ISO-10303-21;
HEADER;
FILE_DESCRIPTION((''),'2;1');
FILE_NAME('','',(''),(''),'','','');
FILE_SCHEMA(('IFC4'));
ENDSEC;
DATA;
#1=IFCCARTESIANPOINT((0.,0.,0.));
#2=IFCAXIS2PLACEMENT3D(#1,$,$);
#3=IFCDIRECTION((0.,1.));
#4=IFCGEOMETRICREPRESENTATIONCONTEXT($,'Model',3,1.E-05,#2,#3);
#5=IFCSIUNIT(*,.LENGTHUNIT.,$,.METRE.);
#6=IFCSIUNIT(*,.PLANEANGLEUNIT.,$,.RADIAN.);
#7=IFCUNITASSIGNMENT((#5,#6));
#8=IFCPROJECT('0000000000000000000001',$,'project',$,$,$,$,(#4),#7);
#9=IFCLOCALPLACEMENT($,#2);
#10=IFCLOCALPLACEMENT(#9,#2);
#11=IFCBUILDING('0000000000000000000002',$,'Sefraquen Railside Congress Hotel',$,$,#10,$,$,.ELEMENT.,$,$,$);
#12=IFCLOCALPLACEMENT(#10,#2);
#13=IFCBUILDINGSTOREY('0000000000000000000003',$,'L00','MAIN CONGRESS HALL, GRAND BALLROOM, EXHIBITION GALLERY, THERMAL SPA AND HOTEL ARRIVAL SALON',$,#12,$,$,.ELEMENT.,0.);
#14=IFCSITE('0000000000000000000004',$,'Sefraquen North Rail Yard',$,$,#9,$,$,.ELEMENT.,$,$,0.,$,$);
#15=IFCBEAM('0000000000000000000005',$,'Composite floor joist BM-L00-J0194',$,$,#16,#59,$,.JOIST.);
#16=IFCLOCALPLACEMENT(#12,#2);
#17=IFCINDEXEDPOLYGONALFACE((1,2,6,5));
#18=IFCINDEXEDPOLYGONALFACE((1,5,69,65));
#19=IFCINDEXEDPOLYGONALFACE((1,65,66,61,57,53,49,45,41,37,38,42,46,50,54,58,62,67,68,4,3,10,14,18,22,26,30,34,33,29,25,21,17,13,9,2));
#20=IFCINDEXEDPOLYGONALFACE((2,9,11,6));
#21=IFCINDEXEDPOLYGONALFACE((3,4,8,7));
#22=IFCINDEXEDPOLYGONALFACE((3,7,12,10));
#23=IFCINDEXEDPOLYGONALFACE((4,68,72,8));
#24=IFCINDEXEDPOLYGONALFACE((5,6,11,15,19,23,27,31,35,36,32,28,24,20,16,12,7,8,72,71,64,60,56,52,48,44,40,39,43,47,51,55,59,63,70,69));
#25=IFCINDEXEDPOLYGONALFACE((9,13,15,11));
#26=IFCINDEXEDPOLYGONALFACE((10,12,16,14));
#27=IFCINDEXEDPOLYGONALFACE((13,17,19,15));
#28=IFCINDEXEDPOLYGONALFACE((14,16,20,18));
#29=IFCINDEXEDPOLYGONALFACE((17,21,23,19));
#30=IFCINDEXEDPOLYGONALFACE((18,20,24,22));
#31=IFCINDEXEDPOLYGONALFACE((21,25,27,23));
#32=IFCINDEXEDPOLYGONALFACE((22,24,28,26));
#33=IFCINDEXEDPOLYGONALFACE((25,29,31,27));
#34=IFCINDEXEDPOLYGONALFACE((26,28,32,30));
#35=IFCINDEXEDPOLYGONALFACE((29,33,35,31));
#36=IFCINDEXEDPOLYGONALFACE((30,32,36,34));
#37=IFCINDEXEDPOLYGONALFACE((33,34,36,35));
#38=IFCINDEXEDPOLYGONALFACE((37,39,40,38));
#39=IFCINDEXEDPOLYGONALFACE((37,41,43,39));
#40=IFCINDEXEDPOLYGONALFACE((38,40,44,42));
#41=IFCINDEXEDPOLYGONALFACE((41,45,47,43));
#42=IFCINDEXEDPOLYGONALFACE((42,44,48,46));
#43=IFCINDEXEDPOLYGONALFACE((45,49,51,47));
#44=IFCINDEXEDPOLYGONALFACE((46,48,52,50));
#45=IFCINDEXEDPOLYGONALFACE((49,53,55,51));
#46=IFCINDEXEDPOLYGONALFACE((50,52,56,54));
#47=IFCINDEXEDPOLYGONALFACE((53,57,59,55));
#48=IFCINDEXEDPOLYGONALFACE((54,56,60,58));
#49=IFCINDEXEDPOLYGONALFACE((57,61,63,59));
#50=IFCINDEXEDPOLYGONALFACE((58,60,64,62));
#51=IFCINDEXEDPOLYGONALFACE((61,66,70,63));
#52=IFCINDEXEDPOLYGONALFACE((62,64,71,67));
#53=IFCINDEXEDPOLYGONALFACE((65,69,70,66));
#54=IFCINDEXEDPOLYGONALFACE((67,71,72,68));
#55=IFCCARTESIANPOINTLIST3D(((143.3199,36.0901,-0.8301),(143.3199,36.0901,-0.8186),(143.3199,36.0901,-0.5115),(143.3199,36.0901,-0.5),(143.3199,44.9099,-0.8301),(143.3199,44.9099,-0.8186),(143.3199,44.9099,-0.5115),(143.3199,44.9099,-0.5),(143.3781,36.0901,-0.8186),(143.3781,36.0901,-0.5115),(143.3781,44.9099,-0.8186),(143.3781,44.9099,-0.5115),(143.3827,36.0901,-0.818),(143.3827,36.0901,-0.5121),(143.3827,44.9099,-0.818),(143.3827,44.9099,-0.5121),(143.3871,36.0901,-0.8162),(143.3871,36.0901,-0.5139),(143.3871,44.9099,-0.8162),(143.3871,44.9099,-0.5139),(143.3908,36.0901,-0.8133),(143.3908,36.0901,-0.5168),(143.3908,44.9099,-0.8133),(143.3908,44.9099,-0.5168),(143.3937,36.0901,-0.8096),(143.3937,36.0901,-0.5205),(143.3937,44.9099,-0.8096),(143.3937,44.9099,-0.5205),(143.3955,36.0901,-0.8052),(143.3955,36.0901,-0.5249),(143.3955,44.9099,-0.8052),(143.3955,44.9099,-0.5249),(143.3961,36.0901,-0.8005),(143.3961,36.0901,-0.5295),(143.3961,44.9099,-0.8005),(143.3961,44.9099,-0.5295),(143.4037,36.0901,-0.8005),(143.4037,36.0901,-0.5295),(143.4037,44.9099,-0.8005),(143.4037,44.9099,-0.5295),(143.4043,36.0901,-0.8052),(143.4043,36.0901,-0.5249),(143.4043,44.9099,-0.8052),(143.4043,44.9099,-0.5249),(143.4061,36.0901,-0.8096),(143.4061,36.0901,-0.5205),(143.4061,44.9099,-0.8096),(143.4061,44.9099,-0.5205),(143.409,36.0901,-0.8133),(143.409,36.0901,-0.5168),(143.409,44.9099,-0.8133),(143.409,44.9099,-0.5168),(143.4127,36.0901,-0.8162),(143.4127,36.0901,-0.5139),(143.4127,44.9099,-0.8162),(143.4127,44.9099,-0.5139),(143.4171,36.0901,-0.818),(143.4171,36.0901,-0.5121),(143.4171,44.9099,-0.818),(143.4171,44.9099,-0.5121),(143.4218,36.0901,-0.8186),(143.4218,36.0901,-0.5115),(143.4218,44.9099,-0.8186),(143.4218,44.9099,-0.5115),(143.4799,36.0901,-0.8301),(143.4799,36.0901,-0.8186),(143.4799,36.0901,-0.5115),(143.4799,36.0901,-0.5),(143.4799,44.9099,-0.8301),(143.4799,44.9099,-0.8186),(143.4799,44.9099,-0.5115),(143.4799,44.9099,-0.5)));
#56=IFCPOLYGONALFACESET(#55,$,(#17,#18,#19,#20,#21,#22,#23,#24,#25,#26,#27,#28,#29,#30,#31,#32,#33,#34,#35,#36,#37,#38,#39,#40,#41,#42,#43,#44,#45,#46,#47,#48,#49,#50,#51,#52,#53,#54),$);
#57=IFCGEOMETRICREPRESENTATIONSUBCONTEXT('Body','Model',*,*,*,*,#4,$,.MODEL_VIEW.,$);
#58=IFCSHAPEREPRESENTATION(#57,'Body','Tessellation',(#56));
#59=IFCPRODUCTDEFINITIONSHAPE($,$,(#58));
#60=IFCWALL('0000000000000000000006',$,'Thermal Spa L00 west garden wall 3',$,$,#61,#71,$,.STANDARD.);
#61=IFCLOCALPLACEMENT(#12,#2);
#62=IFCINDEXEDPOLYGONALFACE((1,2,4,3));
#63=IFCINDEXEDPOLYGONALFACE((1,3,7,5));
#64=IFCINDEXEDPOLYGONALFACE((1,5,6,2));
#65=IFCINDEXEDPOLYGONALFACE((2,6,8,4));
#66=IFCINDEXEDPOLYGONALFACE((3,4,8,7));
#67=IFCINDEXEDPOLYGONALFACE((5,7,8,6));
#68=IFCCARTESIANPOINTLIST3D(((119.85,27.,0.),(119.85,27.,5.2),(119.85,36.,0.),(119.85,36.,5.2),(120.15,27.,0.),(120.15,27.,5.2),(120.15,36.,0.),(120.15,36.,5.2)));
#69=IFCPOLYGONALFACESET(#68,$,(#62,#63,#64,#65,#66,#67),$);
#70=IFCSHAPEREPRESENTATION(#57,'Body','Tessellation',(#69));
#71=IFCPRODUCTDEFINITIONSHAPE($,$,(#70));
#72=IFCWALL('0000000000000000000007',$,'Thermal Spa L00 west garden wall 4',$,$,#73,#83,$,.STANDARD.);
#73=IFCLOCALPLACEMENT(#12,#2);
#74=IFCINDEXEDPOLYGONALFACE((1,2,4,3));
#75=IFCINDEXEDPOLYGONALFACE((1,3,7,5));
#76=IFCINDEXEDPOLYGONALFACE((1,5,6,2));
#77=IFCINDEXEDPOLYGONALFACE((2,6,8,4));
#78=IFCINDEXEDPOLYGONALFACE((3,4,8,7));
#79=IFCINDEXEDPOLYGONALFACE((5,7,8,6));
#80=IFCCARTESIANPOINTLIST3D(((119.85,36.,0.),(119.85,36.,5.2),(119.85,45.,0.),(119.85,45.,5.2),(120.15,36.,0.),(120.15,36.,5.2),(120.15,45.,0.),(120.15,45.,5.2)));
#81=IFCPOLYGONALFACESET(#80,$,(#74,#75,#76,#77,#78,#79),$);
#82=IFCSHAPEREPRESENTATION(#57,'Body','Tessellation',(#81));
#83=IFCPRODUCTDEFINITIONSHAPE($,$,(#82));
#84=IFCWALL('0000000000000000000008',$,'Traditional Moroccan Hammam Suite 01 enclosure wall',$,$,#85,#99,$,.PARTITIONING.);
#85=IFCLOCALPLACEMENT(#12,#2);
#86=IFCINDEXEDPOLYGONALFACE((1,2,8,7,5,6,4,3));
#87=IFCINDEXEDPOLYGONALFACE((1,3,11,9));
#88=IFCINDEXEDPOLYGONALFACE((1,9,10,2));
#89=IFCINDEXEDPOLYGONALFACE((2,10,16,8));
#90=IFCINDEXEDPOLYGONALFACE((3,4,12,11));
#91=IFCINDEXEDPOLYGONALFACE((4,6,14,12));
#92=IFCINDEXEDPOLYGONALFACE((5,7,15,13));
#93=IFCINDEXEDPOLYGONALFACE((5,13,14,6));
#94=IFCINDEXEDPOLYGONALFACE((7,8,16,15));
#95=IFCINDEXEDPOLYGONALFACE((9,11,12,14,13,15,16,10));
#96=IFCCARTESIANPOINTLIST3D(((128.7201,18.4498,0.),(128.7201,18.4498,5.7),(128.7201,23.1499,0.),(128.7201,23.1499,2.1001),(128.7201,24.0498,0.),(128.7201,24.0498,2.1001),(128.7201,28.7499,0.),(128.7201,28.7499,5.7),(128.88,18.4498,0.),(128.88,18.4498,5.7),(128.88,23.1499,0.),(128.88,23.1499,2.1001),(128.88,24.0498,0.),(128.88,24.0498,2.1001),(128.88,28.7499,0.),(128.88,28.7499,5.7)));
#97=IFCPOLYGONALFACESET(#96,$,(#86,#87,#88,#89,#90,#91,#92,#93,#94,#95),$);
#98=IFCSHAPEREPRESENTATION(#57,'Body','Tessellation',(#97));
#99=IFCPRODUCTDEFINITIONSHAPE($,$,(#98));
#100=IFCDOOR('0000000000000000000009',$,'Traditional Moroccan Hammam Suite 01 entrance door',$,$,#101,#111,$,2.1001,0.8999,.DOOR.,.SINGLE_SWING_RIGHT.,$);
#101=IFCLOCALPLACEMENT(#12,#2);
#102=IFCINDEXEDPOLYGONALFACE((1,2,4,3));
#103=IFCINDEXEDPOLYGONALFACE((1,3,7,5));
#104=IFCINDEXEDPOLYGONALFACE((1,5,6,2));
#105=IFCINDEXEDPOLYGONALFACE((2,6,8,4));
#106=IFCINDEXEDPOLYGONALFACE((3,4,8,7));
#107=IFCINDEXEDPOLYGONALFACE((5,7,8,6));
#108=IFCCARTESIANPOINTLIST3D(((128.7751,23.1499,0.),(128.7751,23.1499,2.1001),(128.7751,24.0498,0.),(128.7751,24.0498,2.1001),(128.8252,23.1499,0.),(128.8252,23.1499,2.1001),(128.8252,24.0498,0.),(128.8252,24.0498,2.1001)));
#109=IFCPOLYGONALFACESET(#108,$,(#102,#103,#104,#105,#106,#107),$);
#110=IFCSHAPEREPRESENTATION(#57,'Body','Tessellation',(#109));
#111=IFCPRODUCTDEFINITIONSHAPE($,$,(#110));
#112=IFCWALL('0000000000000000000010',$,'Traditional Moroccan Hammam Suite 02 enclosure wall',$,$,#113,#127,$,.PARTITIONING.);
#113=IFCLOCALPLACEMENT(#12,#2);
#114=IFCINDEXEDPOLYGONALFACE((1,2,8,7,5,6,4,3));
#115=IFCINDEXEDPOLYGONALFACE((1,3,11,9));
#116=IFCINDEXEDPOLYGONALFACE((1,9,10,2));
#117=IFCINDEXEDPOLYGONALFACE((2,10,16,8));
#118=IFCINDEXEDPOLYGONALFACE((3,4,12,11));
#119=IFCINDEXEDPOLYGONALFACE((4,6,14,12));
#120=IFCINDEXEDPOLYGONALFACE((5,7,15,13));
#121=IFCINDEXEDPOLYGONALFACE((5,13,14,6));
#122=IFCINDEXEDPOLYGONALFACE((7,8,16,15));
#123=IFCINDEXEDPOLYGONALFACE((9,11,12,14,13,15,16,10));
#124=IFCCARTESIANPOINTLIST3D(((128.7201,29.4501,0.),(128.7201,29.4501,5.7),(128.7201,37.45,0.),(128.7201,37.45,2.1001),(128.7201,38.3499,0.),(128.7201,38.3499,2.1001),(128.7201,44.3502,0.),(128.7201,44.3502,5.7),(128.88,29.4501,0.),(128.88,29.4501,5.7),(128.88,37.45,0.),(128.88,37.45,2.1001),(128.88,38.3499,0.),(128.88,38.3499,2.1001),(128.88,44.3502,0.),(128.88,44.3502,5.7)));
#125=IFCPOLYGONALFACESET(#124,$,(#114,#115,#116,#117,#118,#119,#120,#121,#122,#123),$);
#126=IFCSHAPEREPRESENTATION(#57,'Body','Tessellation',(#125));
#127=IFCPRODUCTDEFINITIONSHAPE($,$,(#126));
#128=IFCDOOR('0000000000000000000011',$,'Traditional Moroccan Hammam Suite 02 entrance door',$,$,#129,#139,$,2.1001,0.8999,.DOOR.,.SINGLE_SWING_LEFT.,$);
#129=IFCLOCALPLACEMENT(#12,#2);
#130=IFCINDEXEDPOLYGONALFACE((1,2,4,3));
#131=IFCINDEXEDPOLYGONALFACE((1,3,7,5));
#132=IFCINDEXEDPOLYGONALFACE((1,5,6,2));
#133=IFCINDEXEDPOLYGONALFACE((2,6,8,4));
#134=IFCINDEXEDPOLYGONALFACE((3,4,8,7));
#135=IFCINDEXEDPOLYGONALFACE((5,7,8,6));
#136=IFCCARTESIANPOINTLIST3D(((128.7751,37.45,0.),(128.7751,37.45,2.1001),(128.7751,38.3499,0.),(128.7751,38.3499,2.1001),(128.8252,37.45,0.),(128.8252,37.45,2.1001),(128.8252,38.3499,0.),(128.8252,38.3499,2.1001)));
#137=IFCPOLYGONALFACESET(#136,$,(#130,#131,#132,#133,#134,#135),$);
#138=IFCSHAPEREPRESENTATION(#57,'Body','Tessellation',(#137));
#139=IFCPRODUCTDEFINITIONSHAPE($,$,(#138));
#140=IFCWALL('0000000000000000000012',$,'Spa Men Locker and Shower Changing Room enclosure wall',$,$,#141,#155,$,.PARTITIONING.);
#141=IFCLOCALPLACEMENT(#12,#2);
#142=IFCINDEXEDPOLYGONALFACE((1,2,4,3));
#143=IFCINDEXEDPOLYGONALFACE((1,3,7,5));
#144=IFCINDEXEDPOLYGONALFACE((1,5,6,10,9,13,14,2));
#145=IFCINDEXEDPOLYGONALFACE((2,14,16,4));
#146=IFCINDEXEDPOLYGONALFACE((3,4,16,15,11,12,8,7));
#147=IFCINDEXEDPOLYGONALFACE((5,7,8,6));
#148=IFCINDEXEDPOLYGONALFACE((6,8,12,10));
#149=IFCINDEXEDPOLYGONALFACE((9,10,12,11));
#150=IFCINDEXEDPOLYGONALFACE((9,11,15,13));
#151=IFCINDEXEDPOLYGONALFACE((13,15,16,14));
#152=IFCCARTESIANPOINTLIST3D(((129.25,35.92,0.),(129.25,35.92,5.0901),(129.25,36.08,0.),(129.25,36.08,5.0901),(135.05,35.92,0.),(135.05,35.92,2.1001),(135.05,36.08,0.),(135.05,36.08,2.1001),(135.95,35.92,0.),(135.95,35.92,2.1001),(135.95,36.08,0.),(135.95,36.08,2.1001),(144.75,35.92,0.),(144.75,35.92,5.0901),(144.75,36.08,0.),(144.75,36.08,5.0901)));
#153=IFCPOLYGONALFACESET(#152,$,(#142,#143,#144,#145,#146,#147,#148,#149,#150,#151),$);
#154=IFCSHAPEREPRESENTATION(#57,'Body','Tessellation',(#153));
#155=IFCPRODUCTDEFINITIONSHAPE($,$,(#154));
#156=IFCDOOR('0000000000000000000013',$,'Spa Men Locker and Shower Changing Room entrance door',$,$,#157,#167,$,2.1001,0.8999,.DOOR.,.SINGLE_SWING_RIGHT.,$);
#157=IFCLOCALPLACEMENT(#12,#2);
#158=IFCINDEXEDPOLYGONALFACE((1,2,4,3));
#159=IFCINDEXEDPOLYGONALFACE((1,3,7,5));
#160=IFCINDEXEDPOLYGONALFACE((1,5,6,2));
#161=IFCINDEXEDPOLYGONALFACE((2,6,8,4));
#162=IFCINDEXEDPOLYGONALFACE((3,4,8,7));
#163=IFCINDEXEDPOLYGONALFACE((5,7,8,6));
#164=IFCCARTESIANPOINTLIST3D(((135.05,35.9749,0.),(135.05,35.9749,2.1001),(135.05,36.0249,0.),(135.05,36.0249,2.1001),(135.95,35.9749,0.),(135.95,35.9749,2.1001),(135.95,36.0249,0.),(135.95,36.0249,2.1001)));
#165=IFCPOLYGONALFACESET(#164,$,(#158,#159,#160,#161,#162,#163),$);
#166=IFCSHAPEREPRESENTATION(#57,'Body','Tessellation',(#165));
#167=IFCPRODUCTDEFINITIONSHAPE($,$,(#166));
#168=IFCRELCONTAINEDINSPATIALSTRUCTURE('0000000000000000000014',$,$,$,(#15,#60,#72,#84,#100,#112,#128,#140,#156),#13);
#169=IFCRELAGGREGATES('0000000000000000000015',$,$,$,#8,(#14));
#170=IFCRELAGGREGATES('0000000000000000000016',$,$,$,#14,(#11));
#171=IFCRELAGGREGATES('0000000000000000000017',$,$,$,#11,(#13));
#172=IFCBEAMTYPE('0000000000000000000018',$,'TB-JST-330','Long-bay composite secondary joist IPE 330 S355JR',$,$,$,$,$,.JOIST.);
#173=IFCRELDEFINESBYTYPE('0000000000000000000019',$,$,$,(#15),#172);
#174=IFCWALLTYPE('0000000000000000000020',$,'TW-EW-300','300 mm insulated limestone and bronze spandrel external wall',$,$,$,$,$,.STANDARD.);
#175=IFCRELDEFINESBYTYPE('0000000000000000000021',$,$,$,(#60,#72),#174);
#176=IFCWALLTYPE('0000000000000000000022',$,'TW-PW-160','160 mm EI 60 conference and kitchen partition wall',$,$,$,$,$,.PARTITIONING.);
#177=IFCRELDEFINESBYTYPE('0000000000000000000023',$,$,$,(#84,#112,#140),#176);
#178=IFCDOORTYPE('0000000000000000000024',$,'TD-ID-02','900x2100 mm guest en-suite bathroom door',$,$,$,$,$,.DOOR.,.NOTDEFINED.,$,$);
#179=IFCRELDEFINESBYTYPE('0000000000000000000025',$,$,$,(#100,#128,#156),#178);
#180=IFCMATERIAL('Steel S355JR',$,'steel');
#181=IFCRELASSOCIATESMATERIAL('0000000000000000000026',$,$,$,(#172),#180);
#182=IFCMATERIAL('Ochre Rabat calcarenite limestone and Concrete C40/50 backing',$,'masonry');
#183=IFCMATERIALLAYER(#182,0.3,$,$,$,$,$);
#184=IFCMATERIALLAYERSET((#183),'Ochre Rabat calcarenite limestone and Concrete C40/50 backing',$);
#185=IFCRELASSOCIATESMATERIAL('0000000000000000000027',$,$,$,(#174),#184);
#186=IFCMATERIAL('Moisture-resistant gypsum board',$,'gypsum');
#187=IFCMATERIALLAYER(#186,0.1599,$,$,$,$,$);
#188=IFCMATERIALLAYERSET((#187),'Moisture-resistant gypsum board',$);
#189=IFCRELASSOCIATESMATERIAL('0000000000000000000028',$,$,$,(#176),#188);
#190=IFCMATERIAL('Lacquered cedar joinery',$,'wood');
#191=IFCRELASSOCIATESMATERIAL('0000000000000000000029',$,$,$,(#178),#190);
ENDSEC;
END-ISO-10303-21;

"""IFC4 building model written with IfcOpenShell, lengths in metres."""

from ifc_helpers import new_model, si_unit, direction, frame, frame_2d, origin, origin_2d, place, context, subcontext, project, spatial, rectangle, i_section, extrude, material, layer, layer_set, material_profile, profile_set, type_object, element, fill, save


model = new_model("IFC4")

# Units and contexts
model_context = context("Model", 3, precision=1e-05, world=origin(), true_north=direction((0.0, 1.0)))
body_context = subcontext(model_context, "Body", "Model", "MODEL_VIEW")
ifc_project = project(units=[si_unit("LENGTHUNIT", "METRE"), si_unit("PLANEANGLEUNIT", "RADIAN")], contexts=[model_context])

# Site, building, storey
site_placement = place(None, origin())
site = spatial("IfcSite", under=ifc_project, at=site_placement, Name="Sefraquen North Rail Yard", CompositionType="ELEMENT", RefElevation=0.0)
building_placement = place(site_placement, origin())
building = spatial("IfcBuilding", under=site, at=building_placement, Name="Sefraquen Railside Congress Hotel", CompositionType="ELEMENT")
storey_placement = place(building_placement, origin())
storey = spatial("IfcBuildingStorey", under=building, at=storey_placement, Name="L00", Description="MAIN CONGRESS HALL, GRAND BALLROOM, EXHIBITION GALLERY, THERMAL SPA AND HOTEL ARRIVAL SALON", CompositionType="ELEMENT", Elevation=0.0)

# Shared definitions
ifc_material_1 = material(Name="Steel S355JR", Category="steel")

# Beam
ifc_material_profile_1 = material_profile(ifc_material_1, i_section(OverallWidth=0.1599, OverallDepth=0.3301, WebThickness=0.0076, FlangeThickness=0.0115, FilletRadius=0.0181, at=origin_2d()), Name="IPE 330")
ifc_profile_set_1 = profile_set([ifc_material_profile_1], Name="Steel S355JR")
beam_type_1 = type_object("IfcBeamType", Name="TB-JST-330", Description="Long-bay composite secondary joist IPE 330 S355JR", PredefinedType="JOIST", material=ifc_profile_set_1)
for number, where, z_axis, x_axis, name in (
    (1, (143.3999, 36.0901, -0.665), (0.0, 1.0, 0.0), (-1.0, 0.0, 0.0), "Composite floor joist BM-L00-J0194"),
):
    element("IfcBeam", number, at=place(storey_placement, frame(where, z_axis=z_axis, x_axis=x_axis)), inside=storey, type_object=beam_type_1, Name=name, PredefinedType="JOIST", context=body_context, shape_type="SweptSolid", body=[
        extrude(i_section(OverallWidth=0.1599, OverallDepth=0.3301, WebThickness=0.0076, FlangeThickness=0.0115, FilletRadius=0.0181, at=origin_2d()), origin(), (0.0, 0.0, 1.0), 8.8198),
    ])

# Walls
ifc_material_2 = material(Name="Ochre Rabat calcarenite limestone and Concrete C40/50 backing", Category="masonry")
ifc_layer_1 = layer(ifc_material_2, 0.3)
ifc_layer_set_1 = layer_set([ifc_layer_1], Name="Ochre Rabat calcarenite limestone and Concrete C40/50 backing")
wall_type_1 = type_object("IfcWallType", Name="TW-EW-300", Description="300 mm insulated limestone and bronze spandrel external wall", PredefinedType="STANDARD", material=ifc_layer_set_1)
for number, where, z_axis, x_axis, name in (
    (2, (120.0, 27.0, 0.0), (0.0, 0.0, 1.0), (0.0, 1.0, 0.0), "Thermal Spa L00 west garden wall 3"),
    (3, (120.0, 36.0, 0.0), (0.0, 0.0, 1.0), (0.0, 1.0, 0.0), "Thermal Spa L00 west garden wall 4"),
):
    element("IfcWall", number, at=place(storey_placement, frame(where, z_axis=z_axis, x_axis=x_axis)), inside=storey, type_object=wall_type_1, Name=name, PredefinedType="STANDARD", context=body_context, shape_type="SweptSolid", body=[
        extrude(rectangle(XDim=9.0, YDim=0.3, at=frame_2d((4.5, 0.0))), origin(), (0.0, 0.0, 1.0), 5.2),
    ])

# Walls, openings, doors
ifc_material_3 = material(Name="Moisture-resistant gypsum board", Category="gypsum")
ifc_layer_2 = layer(ifc_material_3, 0.1599)
ifc_layer_set_2 = layer_set([ifc_layer_2], Name="Moisture-resistant gypsum board")
wall_type_2 = type_object("IfcWallType", Name="TW-PW-160", Description="160 mm EI 60 conference and kitchen partition wall", PredefinedType="PARTITIONING", material=ifc_layer_set_2)
wall_1_placement = place(storey_placement, frame((128.8, 18.45, 0.0), z_axis=(0.0, 0.0, 1.0), x_axis=(0.0, 1.0, 0.0)))
wall_1 = element("IfcWall", 4, at=wall_1_placement, inside=storey, type_object=wall_type_2, Name="Traditional Moroccan Hammam Suite 01 enclosure wall", PredefinedType="PARTITIONING", context=body_context, shape_type="SweptSolid", body=[
    extrude(rectangle(XDim=10.3, YDim=0.1599, at=frame_2d((5.1499, 0.0))), origin(), (0.0, 0.0, 1.0), 5.7),
])
opening_1_placement = place(wall_1_placement, frame((4.7, 0.0, 0.0)))
opening_1 = element("IfcOpeningElement", 5, at=opening_1_placement, cuts=wall_1, PredefinedType="OPENING", context=body_context, shape_type="SweptSolid", body=[
    extrude(rectangle(XDim=0.8999, YDim=2.1001, at=frame_2d((0.45, 1.05))), frame((0.0, 0.0898, 0.0), z_axis=(0.0, -1.0, 0.0), x_axis=(1.0, 0.0, 0.0)), (0.0, 0.0, 1.0), 0.1799),
])
ifc_material_4 = material(Name="Lacquered cedar joinery", Category="wood")
door_type = type_object("IfcDoorType", Name="TD-ID-02", Description="900x2100 mm guest en-suite bathroom door", OperationType="NOTDEFINED", PredefinedType="DOOR", material=ifc_material_4)
door_1_placement = place(opening_1_placement, origin())
door_1 = element("IfcDoor", 6, at=door_1_placement, inside=storey, type_object=door_type, Name="Traditional Moroccan Hammam Suite 01 entrance door", OperationType="SINGLE_SWING_RIGHT", OverallHeight=2.1001, OverallWidth=0.8999, PredefinedType="DOOR", context=body_context, shape_type="SweptSolid", body=[
    extrude(rectangle(XDim=0.8999, YDim=2.1001, at=frame_2d((0.45, 1.05))), frame((0.0, 0.0249, 0.0), z_axis=(0.0, -1.0, 0.0), x_axis=(1.0, 0.0, 0.0)), (0.0, 0.0, 1.0), 0.05),
])
fill(opening_1, door_1)
wall_2_placement = place(storey_placement, frame((128.8, 29.45, 0.0), z_axis=(0.0, 0.0, 1.0), x_axis=(0.0, 1.0, 0.0)))
wall_2 = element("IfcWall", 7, at=wall_2_placement, inside=storey, type_object=wall_type_2, Name="Traditional Moroccan Hammam Suite 02 enclosure wall", PredefinedType="PARTITIONING", context=body_context, shape_type="SweptSolid", body=[
    extrude(rectangle(XDim=14.9001, YDim=0.1599, at=frame_2d((7.4502, 0.0))), origin(), (0.0, 0.0, 1.0), 5.7),
])
opening_2_placement = place(wall_2_placement, frame((8.0, 0.0, 0.0)))
opening_2 = element("IfcOpeningElement", 8, at=opening_2_placement, cuts=wall_2, PredefinedType="OPENING", context=body_context, shape_type="SweptSolid", body=[
    extrude(rectangle(XDim=0.8999, YDim=2.1001, at=frame_2d((0.45, 1.05))), frame((0.0, 0.0898, 0.0), z_axis=(0.0, -1.0, 0.0), x_axis=(1.0, 0.0, 0.0)), (0.0, 0.0, 1.0), 0.1799),
])
door_2_placement = place(opening_2_placement, origin())
door_2 = element("IfcDoor", 9, at=door_2_placement, inside=storey, type_object=door_type, Name="Traditional Moroccan Hammam Suite 02 entrance door", OperationType="SINGLE_SWING_LEFT", OverallHeight=2.1001, OverallWidth=0.8999, PredefinedType="DOOR", context=body_context, shape_type="SweptSolid", body=[
    extrude(rectangle(XDim=0.8999, YDim=2.1001, at=frame_2d((0.45, 1.05))), frame((0.0, 0.0249, 0.0), z_axis=(0.0, -1.0, 0.0), x_axis=(1.0, 0.0, 0.0)), (0.0, 0.0, 1.0), 0.05),
])
fill(opening_2, door_2)
wall_3_placement = place(storey_placement, frame((129.25, 36.0, 0.0), z_axis=(0.0, 0.0, 1.0), x_axis=(1.0, 0.0, 0.0)))
wall_3 = element("IfcWall", 10, at=wall_3_placement, inside=storey, type_object=wall_type_2, Name="Spa Men Locker and Shower Changing Room enclosure wall", PredefinedType="PARTITIONING", context=body_context, shape_type="SweptSolid", body=[
    extrude(rectangle(XDim=15.5, YDim=0.1599, at=frame_2d((7.75, 0.0))), origin(), (0.0, 0.0, 1.0), 5.0901),
])
opening_3_placement = place(wall_3_placement, frame((5.8, 0.0, 0.0)))
opening_3 = element("IfcOpeningElement", 11, at=opening_3_placement, cuts=wall_3, PredefinedType="OPENING", context=body_context, shape_type="SweptSolid", body=[
    extrude(rectangle(XDim=0.8999, YDim=2.1001, at=frame_2d((0.45, 1.05))), frame((0.0, 0.0898, 0.0), z_axis=(0.0, -1.0, 0.0), x_axis=(1.0, 0.0, 0.0)), (0.0, 0.0, 1.0), 0.1799),
])
door_3_placement = place(opening_3_placement, origin())
door_3 = element("IfcDoor", 12, at=door_3_placement, inside=storey, type_object=door_type, Name="Spa Men Locker and Shower Changing Room entrance door", OperationType="SINGLE_SWING_RIGHT", OverallHeight=2.1001, OverallWidth=0.8999, PredefinedType="DOOR", context=body_context, shape_type="SweptSolid", body=[
    extrude(rectangle(XDim=0.8999, YDim=2.1001, at=frame_2d((0.45, 1.05))), frame((0.0, 0.0249, 0.0), z_axis=(0.0, -1.0, 0.0), x_axis=(1.0, 0.0, 0.0)), (0.0, 0.0, 1.0), 0.05),
])
fill(opening_3, door_3)

save(model, "model.ifc")
